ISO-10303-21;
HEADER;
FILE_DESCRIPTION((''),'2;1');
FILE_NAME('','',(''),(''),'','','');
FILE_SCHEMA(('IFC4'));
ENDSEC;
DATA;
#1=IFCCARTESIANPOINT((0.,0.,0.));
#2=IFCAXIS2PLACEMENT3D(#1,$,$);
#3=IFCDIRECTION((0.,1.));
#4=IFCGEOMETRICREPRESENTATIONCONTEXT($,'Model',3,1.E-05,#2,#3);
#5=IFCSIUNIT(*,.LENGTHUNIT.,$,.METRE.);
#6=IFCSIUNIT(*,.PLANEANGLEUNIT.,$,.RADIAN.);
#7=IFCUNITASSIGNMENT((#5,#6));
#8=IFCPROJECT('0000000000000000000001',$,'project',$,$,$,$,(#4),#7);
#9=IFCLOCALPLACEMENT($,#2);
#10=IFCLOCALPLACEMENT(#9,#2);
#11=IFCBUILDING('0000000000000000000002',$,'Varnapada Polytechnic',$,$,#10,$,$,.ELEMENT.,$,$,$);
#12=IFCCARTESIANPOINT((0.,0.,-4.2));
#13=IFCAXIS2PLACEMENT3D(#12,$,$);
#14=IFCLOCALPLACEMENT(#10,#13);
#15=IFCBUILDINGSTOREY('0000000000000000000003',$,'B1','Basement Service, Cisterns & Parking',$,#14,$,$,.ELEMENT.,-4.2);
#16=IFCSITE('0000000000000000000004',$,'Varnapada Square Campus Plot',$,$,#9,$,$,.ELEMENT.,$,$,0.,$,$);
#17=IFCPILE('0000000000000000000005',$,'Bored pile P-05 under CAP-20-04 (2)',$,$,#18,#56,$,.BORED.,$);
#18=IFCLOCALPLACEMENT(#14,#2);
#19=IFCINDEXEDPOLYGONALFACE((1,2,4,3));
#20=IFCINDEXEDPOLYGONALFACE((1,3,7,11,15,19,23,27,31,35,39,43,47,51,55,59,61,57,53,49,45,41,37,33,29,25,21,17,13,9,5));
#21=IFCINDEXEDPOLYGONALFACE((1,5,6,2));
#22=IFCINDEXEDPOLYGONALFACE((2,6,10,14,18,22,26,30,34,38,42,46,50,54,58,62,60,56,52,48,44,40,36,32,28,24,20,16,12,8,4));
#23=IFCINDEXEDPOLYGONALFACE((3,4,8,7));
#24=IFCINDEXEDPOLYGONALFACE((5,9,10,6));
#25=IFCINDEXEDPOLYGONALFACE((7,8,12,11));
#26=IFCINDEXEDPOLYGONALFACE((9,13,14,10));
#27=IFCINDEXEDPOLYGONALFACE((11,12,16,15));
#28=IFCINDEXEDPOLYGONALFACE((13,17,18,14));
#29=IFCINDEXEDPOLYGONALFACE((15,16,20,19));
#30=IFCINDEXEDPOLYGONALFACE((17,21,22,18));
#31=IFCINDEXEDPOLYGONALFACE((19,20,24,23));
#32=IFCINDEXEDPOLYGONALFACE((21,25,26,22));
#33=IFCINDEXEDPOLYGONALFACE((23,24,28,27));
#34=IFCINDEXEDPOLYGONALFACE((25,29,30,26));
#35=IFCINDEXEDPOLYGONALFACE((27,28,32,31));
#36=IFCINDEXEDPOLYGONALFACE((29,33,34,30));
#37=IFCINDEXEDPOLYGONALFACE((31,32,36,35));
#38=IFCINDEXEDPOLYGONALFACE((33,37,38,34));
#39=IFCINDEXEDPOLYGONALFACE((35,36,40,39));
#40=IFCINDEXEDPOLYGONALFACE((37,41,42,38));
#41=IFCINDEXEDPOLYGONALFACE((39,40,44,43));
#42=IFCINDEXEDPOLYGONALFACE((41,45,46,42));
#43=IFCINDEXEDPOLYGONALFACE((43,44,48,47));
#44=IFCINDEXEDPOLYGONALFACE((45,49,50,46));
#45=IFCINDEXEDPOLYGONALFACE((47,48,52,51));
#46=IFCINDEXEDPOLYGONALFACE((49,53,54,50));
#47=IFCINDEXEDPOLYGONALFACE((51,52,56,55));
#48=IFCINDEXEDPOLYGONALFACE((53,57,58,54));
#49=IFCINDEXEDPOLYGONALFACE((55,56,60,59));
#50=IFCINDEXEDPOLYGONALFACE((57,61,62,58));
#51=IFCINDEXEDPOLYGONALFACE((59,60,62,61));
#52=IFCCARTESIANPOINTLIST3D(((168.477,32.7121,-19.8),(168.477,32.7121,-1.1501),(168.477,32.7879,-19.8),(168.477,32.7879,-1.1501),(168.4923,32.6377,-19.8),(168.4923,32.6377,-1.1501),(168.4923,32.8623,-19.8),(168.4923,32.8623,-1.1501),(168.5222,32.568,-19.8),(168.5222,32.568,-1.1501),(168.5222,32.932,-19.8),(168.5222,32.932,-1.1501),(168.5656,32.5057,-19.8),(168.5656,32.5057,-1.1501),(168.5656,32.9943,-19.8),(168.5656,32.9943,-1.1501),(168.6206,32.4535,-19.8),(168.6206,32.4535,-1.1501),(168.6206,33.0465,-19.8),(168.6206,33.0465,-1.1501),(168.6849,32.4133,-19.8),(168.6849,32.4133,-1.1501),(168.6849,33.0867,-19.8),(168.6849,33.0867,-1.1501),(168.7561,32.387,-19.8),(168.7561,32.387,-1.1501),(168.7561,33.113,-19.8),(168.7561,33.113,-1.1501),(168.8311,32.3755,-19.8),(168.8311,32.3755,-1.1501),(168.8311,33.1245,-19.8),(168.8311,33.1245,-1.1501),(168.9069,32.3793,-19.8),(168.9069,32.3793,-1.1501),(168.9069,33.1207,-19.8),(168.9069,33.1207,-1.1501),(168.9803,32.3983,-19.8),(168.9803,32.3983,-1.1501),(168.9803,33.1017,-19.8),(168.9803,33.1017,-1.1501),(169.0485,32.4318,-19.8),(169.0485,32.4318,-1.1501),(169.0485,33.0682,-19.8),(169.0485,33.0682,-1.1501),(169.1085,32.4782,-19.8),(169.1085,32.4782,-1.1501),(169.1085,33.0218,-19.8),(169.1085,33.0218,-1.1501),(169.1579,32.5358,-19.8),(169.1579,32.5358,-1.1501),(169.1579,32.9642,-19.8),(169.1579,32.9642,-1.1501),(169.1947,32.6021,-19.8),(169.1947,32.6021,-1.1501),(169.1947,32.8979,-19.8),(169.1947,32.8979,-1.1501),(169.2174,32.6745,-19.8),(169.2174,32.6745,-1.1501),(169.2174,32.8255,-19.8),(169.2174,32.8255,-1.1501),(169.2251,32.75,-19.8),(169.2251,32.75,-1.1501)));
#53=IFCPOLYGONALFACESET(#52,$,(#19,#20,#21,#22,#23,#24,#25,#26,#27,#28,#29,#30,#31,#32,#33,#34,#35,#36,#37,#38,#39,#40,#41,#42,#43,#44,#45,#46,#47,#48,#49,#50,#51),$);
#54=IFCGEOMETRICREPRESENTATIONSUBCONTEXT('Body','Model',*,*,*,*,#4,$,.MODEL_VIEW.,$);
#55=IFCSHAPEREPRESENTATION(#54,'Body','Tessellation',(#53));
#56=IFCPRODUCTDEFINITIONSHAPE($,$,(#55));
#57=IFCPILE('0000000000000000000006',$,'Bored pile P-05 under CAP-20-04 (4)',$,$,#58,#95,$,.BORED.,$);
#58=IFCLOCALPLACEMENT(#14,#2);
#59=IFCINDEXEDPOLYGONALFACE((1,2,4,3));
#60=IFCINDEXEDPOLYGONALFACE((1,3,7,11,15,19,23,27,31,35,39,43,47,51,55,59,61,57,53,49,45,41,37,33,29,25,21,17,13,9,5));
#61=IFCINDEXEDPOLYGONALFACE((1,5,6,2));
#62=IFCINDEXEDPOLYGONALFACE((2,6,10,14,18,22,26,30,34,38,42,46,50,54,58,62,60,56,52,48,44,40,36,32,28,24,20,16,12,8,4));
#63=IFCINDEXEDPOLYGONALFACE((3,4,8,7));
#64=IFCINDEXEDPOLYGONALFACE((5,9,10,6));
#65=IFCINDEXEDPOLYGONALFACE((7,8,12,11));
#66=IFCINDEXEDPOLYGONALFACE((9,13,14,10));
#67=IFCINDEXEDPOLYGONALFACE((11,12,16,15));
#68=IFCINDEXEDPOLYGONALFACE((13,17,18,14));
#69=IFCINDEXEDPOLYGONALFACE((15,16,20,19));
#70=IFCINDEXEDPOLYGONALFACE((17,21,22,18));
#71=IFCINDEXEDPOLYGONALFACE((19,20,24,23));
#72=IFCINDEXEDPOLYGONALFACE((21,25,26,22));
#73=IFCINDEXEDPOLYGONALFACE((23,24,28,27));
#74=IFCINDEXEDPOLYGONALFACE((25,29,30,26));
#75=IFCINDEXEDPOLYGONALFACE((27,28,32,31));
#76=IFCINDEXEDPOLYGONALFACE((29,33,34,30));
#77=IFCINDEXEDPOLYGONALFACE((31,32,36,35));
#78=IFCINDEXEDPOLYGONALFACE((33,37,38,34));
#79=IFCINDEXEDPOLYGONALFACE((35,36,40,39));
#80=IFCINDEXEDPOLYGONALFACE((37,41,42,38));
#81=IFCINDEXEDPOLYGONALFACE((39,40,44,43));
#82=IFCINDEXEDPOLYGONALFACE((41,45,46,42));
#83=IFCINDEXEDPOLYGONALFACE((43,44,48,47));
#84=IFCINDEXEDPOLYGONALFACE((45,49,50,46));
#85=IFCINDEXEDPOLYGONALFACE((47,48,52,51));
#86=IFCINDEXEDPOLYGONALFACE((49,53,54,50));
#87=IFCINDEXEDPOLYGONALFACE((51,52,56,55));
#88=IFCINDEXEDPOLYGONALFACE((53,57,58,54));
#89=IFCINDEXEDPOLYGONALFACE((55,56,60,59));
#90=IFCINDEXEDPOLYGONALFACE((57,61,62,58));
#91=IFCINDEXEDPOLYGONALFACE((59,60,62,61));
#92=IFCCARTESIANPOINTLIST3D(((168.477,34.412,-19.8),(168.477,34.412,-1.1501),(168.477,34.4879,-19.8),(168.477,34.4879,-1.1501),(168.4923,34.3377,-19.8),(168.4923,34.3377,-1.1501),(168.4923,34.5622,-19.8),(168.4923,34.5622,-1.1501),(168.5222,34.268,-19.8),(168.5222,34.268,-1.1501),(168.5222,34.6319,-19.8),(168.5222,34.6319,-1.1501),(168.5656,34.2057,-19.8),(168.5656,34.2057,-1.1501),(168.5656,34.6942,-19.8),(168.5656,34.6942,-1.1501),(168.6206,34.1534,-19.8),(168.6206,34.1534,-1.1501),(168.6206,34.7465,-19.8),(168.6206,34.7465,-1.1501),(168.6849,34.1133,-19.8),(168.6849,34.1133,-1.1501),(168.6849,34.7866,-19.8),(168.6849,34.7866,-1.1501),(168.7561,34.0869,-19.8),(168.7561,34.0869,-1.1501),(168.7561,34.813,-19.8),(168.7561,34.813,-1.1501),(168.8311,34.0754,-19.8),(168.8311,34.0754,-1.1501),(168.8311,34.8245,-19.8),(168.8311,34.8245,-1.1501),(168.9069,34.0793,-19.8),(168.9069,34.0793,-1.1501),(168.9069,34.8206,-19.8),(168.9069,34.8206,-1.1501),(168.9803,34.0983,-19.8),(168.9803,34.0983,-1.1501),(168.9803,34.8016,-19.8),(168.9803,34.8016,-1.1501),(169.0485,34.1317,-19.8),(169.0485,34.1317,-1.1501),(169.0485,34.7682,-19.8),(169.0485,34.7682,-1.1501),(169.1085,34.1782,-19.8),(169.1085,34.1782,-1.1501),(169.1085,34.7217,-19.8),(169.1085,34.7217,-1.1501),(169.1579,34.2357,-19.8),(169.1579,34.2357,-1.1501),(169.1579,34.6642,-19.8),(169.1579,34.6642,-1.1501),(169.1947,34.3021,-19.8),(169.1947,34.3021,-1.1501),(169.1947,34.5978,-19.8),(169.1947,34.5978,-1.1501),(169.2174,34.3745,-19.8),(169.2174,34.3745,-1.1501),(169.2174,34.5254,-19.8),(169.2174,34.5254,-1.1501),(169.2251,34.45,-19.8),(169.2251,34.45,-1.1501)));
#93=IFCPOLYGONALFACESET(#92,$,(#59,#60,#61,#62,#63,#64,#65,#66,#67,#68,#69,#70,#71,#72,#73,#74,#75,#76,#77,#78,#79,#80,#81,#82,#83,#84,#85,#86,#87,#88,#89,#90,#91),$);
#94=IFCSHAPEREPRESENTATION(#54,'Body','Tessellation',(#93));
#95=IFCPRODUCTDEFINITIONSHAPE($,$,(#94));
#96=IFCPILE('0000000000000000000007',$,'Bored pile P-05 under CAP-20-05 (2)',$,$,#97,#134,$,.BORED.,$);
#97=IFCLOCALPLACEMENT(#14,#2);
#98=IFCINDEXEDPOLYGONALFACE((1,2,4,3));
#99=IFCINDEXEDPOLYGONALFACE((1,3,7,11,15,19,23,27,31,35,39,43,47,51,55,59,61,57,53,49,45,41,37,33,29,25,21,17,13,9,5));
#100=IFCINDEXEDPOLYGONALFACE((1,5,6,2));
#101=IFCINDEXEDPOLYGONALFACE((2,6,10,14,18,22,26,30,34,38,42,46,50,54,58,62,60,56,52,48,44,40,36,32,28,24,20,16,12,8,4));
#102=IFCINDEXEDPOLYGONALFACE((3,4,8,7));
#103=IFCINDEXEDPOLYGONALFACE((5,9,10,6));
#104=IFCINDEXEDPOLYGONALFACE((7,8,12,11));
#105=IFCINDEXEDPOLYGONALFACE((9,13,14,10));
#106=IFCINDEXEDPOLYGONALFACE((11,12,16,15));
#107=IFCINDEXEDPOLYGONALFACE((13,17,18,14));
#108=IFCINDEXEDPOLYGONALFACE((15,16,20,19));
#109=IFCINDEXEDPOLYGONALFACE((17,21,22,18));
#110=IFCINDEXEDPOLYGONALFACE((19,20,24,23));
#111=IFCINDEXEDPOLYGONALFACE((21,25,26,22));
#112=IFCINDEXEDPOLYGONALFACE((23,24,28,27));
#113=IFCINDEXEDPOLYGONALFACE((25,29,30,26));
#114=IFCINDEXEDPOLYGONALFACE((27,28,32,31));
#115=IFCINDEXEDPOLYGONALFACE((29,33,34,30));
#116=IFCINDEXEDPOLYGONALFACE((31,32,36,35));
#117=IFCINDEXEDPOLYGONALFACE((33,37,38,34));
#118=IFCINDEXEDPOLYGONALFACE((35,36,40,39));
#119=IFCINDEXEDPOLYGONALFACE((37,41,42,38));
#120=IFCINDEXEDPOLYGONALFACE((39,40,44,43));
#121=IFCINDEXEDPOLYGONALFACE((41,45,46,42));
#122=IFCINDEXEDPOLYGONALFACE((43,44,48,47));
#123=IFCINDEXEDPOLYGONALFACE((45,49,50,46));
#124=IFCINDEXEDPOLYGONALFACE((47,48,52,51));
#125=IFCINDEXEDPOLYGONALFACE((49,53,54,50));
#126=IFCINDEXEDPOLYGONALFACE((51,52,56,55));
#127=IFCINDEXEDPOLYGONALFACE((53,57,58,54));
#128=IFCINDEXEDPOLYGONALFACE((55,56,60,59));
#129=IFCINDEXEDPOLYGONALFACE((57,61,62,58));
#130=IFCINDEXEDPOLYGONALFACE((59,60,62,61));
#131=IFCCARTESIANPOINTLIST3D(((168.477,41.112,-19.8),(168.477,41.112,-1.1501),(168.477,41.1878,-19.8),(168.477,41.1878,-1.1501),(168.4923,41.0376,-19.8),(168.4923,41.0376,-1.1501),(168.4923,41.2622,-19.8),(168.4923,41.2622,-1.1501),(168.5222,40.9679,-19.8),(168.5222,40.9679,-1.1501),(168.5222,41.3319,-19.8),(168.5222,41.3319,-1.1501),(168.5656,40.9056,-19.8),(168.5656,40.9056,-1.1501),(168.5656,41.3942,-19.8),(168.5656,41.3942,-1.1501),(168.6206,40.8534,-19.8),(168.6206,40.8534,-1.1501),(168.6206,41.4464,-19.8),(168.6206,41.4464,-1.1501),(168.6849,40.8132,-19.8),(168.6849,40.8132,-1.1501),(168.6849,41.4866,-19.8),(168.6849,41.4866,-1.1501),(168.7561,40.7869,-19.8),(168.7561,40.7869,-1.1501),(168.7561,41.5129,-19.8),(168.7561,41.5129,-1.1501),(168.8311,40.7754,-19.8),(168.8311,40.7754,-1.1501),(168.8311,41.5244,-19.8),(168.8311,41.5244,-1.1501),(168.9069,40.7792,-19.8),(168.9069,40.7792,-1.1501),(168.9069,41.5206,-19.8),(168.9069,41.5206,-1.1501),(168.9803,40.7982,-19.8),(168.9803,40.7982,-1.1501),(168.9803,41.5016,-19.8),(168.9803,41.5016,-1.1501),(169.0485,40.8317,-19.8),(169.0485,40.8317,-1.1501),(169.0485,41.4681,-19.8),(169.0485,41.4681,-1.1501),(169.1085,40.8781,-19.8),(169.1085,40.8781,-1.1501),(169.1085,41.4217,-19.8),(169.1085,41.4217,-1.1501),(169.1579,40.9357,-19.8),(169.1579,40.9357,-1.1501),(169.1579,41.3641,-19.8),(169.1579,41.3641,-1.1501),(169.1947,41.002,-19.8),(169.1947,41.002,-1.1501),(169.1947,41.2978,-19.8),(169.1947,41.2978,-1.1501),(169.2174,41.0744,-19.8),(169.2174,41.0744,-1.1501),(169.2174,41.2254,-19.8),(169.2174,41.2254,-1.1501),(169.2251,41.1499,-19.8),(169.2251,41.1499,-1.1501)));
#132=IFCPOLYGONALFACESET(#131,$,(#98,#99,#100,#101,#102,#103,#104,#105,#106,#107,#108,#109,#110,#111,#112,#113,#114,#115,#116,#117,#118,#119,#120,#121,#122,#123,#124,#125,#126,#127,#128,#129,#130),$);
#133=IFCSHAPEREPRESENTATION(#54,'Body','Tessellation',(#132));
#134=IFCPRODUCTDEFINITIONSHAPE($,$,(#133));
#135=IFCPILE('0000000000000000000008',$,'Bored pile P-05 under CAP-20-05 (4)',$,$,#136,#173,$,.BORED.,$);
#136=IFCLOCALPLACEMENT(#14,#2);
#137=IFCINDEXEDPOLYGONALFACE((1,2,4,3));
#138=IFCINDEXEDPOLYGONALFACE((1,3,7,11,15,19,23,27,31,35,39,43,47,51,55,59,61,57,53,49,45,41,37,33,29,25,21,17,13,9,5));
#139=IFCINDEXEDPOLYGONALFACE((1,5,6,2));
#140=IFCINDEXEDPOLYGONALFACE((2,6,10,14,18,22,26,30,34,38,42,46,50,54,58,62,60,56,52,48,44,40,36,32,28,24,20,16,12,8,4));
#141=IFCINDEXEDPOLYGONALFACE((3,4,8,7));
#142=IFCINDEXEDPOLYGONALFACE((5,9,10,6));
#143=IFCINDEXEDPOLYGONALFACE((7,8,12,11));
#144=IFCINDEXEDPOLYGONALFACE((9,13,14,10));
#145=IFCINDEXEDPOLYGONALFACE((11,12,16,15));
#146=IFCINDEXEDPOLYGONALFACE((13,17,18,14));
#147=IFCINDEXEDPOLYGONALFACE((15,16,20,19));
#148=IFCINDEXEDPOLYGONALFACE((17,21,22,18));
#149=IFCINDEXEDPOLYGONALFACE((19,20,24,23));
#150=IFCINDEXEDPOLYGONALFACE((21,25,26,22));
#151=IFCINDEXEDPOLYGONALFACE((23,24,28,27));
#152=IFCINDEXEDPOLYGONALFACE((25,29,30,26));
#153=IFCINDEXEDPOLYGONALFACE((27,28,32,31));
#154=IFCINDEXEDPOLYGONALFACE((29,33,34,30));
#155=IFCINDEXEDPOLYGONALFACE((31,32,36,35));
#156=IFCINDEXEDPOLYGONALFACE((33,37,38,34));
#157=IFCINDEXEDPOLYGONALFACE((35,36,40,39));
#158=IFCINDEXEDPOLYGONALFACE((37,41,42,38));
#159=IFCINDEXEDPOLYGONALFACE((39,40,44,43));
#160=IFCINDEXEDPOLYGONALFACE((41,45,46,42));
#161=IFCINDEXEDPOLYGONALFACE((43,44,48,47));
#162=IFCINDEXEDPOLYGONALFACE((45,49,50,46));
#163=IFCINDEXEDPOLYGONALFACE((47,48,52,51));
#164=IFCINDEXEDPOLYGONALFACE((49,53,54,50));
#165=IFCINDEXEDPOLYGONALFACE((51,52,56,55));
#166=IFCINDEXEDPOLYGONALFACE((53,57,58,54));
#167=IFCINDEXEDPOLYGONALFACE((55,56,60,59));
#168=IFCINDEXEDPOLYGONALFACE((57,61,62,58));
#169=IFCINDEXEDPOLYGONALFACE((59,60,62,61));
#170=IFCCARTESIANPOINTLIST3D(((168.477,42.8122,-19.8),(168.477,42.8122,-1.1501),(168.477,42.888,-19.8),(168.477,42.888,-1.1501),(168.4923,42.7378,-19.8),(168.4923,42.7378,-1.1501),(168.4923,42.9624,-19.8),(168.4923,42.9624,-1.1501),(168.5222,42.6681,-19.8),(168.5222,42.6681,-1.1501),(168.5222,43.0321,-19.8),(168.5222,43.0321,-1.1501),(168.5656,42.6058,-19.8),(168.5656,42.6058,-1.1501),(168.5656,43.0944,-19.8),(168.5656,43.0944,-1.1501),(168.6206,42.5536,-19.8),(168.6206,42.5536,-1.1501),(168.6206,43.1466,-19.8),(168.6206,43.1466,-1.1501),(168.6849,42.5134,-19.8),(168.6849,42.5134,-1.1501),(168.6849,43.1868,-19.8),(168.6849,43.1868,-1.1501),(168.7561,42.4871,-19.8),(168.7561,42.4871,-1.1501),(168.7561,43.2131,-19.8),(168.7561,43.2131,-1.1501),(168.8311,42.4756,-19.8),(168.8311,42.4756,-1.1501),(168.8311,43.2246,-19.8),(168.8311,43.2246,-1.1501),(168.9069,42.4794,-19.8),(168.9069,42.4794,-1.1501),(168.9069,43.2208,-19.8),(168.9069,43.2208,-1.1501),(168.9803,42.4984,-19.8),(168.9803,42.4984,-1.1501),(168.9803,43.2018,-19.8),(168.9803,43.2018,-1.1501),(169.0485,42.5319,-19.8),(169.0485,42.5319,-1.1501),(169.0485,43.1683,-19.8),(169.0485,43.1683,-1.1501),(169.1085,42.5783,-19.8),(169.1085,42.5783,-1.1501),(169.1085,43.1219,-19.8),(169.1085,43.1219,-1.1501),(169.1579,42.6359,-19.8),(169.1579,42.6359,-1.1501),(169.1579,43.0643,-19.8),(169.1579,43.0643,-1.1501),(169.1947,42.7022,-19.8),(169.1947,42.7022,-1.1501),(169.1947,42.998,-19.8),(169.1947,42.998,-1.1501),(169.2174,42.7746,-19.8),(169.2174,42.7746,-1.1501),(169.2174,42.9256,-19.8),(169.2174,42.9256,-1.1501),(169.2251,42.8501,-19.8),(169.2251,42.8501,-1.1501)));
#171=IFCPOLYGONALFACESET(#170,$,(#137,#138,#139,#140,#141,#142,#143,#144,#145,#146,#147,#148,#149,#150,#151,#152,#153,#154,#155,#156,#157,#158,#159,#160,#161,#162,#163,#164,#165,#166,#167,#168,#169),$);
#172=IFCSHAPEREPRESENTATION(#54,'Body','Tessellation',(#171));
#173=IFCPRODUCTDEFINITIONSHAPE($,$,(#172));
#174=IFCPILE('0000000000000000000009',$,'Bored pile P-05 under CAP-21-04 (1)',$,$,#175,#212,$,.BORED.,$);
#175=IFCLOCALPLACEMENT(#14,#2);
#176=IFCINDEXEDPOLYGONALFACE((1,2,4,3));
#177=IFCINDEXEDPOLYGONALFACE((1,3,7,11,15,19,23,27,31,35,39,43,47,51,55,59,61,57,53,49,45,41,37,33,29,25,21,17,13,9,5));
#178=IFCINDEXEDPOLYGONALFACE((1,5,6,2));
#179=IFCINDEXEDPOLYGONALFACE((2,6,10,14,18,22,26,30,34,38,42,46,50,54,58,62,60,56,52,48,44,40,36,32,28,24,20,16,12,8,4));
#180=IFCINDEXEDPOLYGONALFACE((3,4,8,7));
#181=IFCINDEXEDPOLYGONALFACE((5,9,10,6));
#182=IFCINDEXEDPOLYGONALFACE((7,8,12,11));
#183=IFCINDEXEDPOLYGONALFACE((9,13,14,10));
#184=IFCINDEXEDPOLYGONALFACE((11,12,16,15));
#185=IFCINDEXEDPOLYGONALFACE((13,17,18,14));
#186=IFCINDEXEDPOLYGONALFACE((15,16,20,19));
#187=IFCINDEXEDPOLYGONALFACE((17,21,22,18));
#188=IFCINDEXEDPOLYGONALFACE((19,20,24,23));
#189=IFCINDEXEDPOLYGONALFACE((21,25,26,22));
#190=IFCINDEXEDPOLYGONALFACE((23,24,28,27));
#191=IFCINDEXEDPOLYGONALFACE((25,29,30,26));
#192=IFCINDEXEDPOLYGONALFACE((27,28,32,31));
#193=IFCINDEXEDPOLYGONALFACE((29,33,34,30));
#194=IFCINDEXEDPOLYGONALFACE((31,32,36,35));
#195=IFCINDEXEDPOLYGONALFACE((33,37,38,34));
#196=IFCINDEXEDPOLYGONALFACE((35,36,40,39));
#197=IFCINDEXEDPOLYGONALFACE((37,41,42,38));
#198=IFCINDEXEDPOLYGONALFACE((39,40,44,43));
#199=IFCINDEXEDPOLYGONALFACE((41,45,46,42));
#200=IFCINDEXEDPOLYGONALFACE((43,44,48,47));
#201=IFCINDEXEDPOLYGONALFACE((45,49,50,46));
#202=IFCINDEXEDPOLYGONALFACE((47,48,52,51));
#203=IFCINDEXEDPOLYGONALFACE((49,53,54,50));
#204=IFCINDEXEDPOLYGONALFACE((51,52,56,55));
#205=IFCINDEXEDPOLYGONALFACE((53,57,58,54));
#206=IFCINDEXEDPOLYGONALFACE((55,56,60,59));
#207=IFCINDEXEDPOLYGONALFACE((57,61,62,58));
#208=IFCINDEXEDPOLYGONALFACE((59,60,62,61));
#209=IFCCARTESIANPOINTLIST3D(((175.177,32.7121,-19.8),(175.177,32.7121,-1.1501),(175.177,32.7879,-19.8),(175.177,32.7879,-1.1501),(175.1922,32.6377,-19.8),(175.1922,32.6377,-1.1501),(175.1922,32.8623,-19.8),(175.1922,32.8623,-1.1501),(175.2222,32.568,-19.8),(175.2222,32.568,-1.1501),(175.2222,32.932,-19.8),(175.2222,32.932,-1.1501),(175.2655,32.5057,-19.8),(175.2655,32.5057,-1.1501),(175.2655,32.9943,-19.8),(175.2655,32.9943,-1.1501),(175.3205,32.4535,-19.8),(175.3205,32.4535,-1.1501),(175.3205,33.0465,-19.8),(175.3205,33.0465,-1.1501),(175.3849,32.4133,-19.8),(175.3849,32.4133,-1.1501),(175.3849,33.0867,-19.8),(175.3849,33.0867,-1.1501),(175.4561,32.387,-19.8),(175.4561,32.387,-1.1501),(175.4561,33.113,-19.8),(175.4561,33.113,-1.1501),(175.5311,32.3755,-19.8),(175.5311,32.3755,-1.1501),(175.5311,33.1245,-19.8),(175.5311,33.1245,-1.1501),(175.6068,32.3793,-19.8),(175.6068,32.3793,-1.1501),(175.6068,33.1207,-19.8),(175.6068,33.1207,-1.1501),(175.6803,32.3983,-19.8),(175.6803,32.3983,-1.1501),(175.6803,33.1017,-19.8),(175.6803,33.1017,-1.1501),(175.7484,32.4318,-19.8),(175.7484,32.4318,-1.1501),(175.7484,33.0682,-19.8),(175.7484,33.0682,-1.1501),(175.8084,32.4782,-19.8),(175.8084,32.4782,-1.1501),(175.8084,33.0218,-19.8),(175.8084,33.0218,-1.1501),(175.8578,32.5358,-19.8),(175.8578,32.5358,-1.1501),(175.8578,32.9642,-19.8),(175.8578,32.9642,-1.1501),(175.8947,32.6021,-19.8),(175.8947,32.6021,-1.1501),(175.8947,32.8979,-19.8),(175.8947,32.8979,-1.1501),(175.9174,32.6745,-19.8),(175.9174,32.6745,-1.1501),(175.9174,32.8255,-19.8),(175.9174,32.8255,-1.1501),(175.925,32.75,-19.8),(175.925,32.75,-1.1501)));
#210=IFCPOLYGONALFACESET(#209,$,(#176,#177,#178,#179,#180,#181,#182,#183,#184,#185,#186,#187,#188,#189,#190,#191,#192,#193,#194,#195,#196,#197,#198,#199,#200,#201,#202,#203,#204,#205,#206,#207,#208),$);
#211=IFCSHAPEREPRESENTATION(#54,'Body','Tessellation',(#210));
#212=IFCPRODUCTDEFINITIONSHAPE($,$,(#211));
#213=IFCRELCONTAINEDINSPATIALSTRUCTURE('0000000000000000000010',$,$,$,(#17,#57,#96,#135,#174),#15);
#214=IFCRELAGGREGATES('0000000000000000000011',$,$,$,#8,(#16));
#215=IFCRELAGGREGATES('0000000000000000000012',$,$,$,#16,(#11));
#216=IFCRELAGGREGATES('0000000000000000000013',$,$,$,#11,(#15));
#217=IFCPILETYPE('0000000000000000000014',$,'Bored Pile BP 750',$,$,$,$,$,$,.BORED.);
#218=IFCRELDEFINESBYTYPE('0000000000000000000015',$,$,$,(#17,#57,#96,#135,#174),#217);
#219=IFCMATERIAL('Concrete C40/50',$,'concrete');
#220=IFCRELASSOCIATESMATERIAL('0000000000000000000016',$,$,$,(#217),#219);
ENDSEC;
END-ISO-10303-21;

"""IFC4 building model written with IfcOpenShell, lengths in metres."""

from ifc_helpers import new_model, si_unit, direction, frame, origin, origin_2d, place, context, subcontext, project, spatial, circle, extrude, material, material_profile, profile_set, type_object, element, save


model = new_model("IFC4")

# Units and contexts
model_context = context("Model", 3, precision=1e-05, world=origin(), true_north=direction((0.0, 1.0)))
body_context = subcontext(model_context, "Body", "Model", "MODEL_VIEW")
ifc_project = project(units=[si_unit("LENGTHUNIT", "METRE"), si_unit("PLANEANGLEUNIT", "RADIAN")], contexts=[model_context])

# Site, building, storey
site_placement = place(None, origin())
site = spatial("IfcSite", under=ifc_project, at=site_placement, Name="Varnapada Square Campus Plot", CompositionType="ELEMENT", RefElevation=0.0)
building_placement = place(site_placement, origin())
building = spatial("IfcBuilding", under=site, at=building_placement, Name="Varnapada Polytechnic", CompositionType="ELEMENT")
storey_placement = place(building_placement, frame((0.0, 0.0, -4.2)))
storey = spatial("IfcBuildingStorey", under=building, at=storey_placement, Name="B1", Description="Basement Service, Cisterns & Parking", CompositionType="ELEMENT", Elevation=-4.2)

# Piles
ifc_material_1 = material(Name="Concrete C40/50", Category="concrete")
ifc_material_profile_1 = material_profile(ifc_material_1, circle(Radius=0.375, at=origin_2d()), Name="BP 750")
ifc_profile_set_1 = profile_set([ifc_material_profile_1], Name="Concrete C40/50")
pile_type = type_object("IfcPileType", Name="Bored Pile BP 750", PredefinedType="BORED", material=ifc_profile_set_1)
for number, where, z_axis, x_axis, name in (
    (1, (168.8501, 32.75, -1.1501), (0.0, 0.0, -1.0), (1.0, 0.0, 0.0), "Bored pile P-05 under CAP-20-04 (2)"),
    (2, (168.8501, 34.45, -1.1501), (0.0, 0.0, -1.0), (1.0, 0.0, 0.0), "Bored pile P-05 under CAP-20-04 (4)"),
    (3, (168.8501, 41.1499, -1.1501), (0.0, 0.0, -1.0), (1.0, 0.0, 0.0), "Bored pile P-05 under CAP-20-05 (2)"),
    (4, (168.8501, 42.8501, -1.1501), (0.0, 0.0, -1.0), (1.0, 0.0, 0.0), "Bored pile P-05 under CAP-20-05 (4)"),
    (5, (175.55, 32.75, -1.1501), (0.0, 0.0, -1.0), (1.0, 0.0, 0.0), "Bored pile P-05 under CAP-21-04 (1)"),
):
    element("IfcPile", number, at=place(storey_placement, frame(where, z_axis=z_axis, x_axis=x_axis)), inside=storey, type_object=pile_type, Name=name, PredefinedType="BORED", context=body_context, shape_type="SweptSolid", body=[
        extrude(circle(Radius=0.375, at=origin_2d()), origin(), (0.0, 0.0, 1.0), 18.6499),
    ])

save(model, "model.ifc")
